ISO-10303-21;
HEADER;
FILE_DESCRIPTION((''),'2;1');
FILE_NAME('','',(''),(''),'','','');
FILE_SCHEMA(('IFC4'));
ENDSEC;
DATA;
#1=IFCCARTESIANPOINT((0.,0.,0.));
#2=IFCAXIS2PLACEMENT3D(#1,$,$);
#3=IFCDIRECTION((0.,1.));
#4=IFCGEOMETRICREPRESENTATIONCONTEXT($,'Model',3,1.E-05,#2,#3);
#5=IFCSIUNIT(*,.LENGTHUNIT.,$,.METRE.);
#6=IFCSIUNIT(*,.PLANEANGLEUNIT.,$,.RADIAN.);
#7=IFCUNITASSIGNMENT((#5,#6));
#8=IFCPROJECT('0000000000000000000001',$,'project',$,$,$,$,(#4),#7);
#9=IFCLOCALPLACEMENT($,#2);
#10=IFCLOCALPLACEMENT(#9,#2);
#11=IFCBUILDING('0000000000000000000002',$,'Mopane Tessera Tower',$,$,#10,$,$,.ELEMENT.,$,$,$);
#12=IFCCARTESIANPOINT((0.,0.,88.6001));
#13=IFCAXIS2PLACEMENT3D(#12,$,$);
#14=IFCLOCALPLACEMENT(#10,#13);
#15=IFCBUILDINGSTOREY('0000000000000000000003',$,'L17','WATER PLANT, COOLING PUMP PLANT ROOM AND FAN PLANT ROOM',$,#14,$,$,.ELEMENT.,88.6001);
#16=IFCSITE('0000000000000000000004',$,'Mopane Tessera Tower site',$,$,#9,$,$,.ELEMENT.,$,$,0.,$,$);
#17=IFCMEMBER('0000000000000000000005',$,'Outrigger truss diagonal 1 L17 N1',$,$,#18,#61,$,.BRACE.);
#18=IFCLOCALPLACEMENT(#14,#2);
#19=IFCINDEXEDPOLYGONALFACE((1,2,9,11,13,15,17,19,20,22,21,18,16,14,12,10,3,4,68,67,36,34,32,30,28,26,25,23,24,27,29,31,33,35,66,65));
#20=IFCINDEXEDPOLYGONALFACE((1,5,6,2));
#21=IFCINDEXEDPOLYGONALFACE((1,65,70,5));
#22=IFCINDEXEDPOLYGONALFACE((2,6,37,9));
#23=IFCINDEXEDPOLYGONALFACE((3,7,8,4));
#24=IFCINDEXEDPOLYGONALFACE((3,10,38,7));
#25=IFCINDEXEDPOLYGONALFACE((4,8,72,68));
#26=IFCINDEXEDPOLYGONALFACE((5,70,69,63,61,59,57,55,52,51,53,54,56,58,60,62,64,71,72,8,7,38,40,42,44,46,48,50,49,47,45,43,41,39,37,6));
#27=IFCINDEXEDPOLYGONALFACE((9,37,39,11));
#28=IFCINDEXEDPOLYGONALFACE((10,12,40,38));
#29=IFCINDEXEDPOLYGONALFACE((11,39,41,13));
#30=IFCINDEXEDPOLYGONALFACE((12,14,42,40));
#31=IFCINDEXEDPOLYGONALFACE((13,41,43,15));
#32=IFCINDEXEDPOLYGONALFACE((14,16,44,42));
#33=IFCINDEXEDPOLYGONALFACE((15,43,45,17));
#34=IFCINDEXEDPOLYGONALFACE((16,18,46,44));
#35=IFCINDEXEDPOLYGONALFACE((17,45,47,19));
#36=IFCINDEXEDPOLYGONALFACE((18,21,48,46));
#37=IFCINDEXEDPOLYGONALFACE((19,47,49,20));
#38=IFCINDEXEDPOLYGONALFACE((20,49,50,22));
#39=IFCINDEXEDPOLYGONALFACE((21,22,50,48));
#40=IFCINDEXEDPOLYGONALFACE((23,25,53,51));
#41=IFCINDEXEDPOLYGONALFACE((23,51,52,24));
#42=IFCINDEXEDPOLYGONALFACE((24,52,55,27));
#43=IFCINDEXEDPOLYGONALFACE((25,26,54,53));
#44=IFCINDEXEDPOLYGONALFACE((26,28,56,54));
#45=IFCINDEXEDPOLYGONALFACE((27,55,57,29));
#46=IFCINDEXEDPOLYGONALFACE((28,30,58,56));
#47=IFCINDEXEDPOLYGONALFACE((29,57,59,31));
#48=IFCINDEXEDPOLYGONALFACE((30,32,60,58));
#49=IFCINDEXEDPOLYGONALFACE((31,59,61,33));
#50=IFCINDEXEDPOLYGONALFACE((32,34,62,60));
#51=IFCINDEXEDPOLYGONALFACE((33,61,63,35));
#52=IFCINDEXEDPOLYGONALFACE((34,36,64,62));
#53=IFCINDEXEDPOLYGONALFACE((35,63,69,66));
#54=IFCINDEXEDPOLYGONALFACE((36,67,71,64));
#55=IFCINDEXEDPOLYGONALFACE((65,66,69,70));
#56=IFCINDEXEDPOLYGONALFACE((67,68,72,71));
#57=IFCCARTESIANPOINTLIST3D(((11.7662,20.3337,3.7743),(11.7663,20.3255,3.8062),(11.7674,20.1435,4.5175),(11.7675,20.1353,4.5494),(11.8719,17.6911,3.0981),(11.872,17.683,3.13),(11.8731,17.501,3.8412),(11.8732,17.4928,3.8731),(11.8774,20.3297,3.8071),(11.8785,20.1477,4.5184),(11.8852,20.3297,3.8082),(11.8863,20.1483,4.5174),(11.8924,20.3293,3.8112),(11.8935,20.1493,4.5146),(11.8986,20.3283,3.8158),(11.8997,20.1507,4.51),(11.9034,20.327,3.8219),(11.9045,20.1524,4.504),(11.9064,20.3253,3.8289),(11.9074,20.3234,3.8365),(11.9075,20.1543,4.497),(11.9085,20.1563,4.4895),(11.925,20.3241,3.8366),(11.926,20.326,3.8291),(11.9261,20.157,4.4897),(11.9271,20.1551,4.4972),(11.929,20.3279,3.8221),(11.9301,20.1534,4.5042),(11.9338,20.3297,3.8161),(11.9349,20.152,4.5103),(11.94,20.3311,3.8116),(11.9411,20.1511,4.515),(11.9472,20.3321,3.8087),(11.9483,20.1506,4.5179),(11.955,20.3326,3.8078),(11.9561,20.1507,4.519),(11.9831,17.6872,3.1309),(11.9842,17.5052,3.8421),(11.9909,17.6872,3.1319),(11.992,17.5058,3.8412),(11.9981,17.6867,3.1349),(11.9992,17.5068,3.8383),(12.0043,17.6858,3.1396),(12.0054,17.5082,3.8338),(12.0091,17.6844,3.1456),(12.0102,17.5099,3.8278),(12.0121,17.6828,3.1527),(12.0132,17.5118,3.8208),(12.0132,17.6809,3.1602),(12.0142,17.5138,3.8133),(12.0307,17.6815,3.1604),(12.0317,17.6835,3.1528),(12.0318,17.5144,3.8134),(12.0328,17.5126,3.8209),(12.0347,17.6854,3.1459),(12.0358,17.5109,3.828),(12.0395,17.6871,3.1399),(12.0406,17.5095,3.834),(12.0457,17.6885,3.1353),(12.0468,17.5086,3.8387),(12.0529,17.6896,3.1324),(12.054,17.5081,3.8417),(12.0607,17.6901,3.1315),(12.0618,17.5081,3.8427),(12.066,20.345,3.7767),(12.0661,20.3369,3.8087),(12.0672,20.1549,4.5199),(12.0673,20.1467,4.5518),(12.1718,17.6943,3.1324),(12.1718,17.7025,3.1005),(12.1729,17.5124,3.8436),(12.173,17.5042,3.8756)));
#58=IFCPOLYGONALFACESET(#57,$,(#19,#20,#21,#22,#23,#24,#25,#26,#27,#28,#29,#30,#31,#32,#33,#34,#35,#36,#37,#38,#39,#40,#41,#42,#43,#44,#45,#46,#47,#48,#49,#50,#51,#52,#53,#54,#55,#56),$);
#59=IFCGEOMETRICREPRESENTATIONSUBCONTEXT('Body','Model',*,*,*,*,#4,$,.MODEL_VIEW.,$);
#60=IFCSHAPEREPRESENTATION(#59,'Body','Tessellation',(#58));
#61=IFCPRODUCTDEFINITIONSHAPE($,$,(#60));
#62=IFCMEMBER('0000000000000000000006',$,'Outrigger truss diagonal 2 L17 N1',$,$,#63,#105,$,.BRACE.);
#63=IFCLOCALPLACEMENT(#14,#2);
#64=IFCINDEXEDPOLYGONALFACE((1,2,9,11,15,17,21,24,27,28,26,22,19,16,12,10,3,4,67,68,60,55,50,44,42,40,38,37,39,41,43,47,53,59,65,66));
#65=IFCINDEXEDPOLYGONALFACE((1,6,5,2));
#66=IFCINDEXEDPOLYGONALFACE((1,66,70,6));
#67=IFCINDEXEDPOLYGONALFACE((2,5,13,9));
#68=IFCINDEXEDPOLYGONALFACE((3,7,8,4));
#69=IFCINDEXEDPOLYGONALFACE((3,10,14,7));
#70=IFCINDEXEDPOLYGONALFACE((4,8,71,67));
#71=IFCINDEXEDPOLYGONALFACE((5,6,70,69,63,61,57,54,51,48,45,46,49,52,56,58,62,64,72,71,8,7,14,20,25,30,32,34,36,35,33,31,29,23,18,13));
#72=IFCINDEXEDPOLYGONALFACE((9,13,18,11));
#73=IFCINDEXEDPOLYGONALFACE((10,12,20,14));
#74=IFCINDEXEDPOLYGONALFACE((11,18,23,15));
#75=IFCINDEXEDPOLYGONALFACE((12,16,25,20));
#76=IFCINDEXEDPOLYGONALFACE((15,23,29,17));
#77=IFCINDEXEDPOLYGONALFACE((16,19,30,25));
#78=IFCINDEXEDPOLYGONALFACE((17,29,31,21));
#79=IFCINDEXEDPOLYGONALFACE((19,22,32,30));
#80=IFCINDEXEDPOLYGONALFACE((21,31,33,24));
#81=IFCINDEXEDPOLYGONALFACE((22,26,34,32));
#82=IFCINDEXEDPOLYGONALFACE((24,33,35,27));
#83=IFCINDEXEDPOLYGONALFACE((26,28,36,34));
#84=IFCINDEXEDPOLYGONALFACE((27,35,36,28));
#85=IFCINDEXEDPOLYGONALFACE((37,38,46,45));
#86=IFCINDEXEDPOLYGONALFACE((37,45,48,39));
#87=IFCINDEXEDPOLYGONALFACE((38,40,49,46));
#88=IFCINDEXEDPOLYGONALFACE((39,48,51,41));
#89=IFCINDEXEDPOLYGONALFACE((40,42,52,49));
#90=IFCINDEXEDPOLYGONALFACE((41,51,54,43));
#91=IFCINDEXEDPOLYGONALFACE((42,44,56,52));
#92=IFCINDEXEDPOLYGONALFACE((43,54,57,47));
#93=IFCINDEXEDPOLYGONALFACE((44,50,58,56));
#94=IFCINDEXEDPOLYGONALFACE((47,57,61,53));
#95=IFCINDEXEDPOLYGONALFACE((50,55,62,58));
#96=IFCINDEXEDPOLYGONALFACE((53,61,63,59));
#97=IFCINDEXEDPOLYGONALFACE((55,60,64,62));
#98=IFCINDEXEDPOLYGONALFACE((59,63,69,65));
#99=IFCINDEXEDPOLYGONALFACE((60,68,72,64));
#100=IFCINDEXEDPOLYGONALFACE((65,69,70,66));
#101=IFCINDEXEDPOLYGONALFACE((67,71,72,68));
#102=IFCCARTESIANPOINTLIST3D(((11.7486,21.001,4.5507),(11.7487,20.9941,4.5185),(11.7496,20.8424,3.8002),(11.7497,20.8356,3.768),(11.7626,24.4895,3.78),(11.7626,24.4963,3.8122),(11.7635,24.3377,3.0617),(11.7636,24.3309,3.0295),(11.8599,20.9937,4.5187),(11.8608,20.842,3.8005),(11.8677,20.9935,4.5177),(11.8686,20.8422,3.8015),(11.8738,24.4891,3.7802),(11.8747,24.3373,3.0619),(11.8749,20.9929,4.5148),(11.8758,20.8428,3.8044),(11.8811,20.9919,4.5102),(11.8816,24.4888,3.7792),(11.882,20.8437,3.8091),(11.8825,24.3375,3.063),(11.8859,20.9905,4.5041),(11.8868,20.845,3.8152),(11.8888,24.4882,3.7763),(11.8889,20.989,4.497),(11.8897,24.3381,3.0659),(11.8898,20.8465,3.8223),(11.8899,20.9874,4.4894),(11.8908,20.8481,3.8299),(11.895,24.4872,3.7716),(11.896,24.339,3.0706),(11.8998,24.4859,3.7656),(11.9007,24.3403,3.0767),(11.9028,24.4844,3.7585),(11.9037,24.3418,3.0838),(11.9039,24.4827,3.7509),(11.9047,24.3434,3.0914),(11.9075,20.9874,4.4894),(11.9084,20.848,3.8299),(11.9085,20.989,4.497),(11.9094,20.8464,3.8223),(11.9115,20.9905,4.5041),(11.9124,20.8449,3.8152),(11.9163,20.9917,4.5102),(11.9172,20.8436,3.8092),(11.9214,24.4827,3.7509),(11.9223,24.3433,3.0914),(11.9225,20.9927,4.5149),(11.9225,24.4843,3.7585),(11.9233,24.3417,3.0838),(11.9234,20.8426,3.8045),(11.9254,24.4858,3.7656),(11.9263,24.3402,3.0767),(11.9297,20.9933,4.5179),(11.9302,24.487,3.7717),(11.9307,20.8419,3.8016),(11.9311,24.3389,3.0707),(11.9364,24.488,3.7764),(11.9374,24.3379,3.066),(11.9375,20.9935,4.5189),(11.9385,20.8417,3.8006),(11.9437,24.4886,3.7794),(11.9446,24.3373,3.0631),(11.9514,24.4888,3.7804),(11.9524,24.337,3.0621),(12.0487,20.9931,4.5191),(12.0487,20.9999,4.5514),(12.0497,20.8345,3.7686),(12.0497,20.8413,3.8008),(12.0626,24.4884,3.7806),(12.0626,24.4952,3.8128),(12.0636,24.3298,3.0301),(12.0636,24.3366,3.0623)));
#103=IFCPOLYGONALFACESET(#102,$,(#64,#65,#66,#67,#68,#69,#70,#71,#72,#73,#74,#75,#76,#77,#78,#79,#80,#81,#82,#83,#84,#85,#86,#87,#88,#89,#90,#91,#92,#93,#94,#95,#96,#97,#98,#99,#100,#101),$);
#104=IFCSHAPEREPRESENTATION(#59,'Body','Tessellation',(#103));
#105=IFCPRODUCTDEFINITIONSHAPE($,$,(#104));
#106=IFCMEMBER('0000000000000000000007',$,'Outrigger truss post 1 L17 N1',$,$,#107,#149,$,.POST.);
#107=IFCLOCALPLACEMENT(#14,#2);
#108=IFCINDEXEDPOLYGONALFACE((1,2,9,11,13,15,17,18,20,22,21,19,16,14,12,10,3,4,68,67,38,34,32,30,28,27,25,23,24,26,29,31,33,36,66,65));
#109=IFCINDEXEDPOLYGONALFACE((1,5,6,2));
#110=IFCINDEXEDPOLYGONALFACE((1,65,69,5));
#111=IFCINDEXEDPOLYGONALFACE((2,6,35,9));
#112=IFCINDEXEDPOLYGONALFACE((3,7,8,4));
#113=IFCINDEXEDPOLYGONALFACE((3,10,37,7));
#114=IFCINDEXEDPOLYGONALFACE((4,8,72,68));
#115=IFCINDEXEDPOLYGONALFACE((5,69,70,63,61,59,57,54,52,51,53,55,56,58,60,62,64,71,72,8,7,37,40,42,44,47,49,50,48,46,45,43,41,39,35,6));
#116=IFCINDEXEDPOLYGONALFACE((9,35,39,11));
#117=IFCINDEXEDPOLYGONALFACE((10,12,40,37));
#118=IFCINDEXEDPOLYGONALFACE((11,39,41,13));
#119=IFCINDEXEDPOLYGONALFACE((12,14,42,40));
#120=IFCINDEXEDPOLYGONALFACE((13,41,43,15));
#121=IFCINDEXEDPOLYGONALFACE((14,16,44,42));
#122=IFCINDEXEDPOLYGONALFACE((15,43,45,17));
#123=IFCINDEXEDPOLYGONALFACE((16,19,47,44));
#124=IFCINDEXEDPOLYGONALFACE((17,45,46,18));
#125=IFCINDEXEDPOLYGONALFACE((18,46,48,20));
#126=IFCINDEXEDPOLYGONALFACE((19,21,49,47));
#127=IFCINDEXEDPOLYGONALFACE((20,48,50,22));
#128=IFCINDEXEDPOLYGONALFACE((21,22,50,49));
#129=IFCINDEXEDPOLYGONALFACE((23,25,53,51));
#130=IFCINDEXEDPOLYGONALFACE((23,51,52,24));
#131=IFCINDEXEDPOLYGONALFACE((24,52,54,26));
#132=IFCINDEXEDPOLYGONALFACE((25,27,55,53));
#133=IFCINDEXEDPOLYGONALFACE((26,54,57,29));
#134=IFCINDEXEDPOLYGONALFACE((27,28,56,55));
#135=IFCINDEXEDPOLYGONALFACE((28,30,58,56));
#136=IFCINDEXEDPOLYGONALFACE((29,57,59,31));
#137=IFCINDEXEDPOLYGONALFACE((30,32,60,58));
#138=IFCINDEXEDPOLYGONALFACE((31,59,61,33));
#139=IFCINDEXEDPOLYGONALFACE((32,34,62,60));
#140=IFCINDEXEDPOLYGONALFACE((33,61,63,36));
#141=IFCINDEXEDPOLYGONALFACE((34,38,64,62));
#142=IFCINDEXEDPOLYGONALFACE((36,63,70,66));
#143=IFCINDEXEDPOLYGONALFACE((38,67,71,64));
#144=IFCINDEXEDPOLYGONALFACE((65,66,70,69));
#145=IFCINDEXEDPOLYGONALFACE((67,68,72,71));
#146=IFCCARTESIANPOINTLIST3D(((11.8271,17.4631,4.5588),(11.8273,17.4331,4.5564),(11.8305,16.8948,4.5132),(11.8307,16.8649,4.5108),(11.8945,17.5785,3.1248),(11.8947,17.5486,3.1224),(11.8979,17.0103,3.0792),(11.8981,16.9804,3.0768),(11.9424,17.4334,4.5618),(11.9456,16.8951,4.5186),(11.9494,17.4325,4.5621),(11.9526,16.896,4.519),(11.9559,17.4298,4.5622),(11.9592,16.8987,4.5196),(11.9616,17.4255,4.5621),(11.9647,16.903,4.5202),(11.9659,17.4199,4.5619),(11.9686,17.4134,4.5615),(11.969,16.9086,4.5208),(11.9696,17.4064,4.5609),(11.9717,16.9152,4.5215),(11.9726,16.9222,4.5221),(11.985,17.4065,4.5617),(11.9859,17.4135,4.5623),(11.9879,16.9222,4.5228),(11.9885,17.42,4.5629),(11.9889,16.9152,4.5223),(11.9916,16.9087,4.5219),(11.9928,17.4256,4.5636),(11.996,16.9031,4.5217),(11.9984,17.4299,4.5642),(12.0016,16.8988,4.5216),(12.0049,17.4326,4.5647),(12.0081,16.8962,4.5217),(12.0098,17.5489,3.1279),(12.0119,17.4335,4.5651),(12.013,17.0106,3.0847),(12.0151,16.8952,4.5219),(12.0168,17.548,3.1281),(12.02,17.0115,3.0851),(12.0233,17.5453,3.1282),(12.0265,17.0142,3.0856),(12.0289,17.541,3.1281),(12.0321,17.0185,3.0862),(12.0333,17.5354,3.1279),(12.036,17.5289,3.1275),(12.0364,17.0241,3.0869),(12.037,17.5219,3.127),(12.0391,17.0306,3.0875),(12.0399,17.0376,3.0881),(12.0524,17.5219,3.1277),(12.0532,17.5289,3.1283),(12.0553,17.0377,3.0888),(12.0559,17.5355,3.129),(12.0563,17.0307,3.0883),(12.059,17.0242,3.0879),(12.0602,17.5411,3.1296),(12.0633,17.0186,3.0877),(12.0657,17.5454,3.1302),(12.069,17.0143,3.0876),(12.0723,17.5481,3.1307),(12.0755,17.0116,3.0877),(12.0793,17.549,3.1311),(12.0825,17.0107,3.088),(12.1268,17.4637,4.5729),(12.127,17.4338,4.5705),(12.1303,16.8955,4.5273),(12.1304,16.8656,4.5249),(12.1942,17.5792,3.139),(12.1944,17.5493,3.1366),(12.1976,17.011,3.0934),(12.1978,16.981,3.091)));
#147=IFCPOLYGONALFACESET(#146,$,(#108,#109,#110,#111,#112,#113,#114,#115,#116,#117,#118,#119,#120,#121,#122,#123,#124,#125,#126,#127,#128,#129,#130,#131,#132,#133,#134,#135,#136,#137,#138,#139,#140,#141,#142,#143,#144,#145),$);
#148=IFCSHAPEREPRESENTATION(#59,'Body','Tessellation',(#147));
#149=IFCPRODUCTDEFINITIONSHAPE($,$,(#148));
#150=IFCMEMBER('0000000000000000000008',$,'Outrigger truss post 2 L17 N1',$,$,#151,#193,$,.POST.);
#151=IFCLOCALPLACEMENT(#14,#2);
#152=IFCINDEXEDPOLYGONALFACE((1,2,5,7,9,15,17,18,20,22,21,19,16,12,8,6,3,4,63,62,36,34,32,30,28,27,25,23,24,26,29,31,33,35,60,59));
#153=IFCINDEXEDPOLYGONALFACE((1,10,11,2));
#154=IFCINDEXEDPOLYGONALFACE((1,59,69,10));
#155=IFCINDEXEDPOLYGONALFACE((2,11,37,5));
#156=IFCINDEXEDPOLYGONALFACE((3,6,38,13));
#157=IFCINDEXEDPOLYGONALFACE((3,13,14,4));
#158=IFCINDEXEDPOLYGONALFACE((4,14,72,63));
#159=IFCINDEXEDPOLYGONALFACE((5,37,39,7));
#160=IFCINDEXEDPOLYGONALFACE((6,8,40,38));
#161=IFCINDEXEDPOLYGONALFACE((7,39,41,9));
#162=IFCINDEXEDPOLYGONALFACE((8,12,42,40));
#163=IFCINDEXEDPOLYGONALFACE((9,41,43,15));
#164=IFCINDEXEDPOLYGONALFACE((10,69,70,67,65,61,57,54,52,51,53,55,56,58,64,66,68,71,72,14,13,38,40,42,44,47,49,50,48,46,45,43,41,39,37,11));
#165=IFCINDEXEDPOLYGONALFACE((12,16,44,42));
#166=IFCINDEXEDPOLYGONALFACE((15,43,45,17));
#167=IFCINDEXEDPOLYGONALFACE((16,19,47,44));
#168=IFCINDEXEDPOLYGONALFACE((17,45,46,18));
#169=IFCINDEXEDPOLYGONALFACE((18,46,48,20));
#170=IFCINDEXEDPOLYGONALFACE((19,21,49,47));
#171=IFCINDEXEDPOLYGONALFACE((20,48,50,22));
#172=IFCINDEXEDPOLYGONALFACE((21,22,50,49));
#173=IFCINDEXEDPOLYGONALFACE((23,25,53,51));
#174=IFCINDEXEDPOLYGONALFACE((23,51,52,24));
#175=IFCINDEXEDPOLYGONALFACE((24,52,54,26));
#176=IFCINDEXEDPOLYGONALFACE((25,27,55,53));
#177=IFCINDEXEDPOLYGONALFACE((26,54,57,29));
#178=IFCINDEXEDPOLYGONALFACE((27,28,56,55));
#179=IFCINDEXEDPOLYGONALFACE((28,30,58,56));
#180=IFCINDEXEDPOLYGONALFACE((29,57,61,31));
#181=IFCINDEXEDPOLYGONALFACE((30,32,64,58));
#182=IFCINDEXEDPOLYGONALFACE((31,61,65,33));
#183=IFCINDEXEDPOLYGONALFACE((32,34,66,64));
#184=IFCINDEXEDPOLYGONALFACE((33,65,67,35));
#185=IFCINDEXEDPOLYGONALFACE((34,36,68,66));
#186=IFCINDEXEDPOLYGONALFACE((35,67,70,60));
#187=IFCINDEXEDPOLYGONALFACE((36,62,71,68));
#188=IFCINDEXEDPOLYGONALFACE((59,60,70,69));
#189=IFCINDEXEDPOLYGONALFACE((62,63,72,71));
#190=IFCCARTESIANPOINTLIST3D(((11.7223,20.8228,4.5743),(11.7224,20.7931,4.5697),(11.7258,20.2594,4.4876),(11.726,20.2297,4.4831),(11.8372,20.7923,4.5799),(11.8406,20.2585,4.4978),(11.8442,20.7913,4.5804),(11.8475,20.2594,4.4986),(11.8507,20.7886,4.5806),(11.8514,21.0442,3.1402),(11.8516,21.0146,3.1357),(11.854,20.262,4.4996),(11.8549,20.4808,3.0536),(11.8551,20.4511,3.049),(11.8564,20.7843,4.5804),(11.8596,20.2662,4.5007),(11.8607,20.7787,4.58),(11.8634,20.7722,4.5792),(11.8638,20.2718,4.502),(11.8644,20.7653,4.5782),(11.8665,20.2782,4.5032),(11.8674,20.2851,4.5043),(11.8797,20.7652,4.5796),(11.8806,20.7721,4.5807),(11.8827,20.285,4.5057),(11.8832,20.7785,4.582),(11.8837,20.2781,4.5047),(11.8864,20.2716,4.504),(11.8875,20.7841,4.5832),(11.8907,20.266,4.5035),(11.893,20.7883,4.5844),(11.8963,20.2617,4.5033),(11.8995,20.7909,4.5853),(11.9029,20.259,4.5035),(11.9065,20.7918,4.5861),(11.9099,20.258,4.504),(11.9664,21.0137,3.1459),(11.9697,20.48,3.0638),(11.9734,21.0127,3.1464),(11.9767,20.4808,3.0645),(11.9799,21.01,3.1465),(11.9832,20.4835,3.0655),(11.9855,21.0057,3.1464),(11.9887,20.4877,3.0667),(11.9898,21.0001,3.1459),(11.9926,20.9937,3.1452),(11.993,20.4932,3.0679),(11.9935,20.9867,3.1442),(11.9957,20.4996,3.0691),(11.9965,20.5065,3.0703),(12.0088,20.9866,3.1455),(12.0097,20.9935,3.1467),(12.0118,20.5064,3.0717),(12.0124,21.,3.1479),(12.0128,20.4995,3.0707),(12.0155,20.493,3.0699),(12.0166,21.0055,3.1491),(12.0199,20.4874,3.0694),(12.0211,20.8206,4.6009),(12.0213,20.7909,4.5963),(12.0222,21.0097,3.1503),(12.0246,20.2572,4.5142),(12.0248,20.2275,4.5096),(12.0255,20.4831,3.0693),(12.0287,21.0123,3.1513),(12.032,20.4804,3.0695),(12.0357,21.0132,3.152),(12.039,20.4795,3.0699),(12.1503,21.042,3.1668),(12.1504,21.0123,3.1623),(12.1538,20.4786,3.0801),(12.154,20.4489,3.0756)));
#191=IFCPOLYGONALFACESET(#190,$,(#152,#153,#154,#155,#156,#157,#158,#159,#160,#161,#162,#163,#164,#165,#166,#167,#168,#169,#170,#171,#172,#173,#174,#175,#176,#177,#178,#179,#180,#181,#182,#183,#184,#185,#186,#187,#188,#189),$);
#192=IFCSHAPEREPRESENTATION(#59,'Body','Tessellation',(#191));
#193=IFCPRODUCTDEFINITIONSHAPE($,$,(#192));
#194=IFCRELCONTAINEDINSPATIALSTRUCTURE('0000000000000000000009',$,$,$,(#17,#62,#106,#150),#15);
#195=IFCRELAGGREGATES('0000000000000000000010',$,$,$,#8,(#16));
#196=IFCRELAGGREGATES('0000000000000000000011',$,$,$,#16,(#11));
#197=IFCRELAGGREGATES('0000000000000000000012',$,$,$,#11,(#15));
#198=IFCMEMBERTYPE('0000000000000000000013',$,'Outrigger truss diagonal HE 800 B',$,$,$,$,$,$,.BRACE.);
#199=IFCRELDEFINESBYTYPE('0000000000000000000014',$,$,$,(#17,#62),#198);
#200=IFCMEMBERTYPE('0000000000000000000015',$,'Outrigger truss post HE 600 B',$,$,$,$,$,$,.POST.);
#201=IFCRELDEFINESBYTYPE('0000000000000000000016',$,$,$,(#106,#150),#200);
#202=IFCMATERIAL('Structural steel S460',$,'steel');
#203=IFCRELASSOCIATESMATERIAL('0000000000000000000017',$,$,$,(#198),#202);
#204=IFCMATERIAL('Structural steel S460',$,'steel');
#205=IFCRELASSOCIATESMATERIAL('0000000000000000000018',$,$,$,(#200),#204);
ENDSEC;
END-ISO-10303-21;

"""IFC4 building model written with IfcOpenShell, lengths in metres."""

from ifc_helpers import new_model, si_unit, direction, frame, origin, origin_2d, place, context, subcontext, project, spatial, i_section, extrude, material, material_profile, profile_set, type_object, element, save


model = new_model("IFC4")

# Units and contexts
model_context = context("Model", 3, precision=1e-05, world=origin(), true_north=direction((0.0, 1.0)))
body_context = subcontext(model_context, "Body", "Model", "MODEL_VIEW")
ifc_project = project(units=[si_unit("LENGTHUNIT", "METRE"), si_unit("PLANEANGLEUNIT", "RADIAN")], contexts=[model_context])

# Site, building, storey
site_placement = place(None, origin())
site = spatial("IfcSite", under=ifc_project, at=site_placement, Name="Mopane Tessera Tower site", CompositionType="ELEMENT", RefElevation=0.0)
building_placement = place(site_placement, origin())
building = spatial("IfcBuilding", under=site, at=building_placement, Name="Mopane Tessera Tower", CompositionType="ELEMENT")
storey_placement = place(building_placement, frame((0.0, 0.0, 88.6001)))
storey = spatial("IfcBuildingStorey", under=building, at=storey_placement, Name="L17", Description="WATER PLANT, COOLING PUMP PLANT ROOM AND FAN PLANT ROOM", CompositionType="ELEMENT", Elevation=88.6001)

# Members
ifc_material_1 = material(Name="Structural steel S460", Category="steel")
ifc_material_profile_1 = material_profile(ifc_material_1, i_section(OverallWidth=0.3, OverallDepth=0.8, WebThickness=0.0176, FlangeThickness=0.033, FilletRadius=0.03, at=origin_2d()))
ifc_profile_set_1 = profile_set([ifc_material_profile_1], Name="Structural steel S460")
member_type_1 = type_object("IfcMemberType", Name="Outrigger truss diagonal HE 800 B", PredefinedType="BRACE", material=ifc_profile_set_1)
member_1_placement = place(storey_placement, frame((12.0225, 17.5977, 3.4868), z_axis=(-0.038726, 0.968053, 0.247737), x_axis=(-0.999249, -0.037899, -0.008108)))
element("IfcMember", 1, at=member_1_placement, inside=storey, type_object=member_type_1, Name="Outrigger truss diagonal 1 L17 N1", PredefinedType="BRACE", context=body_context, shape_type="SweptSolid", body=[
    extrude(i_section(OverallWidth=0.3, OverallDepth=0.8, WebThickness=0.0176, FlangeThickness=0.033, FilletRadius=0.03, at=origin_2d()), origin(), (0.0, 0.0, 1.0), 2.7297),
])
member_2_placement = place(storey_placement, frame((11.8992, 20.9177, 4.1597), z_axis=(0.003895, 0.978392, -0.206722), x_axis=(-0.999992, 0.003547, -0.002057)))
element("IfcMember", 2, at=member_2_placement, inside=storey, type_object=member_type_1, Name="Outrigger truss diagonal 2 L17 N1", PredefinedType="BRACE", context=body_context, shape_type="SweptSolid", body=[
    extrude(i_section(OverallWidth=0.3, OverallDepth=0.8, WebThickness=0.0176, FlangeThickness=0.033, FilletRadius=0.03, at=origin_2d()), origin(), (0.0, 0.0, 1.0), 3.5725),
])
ifc_material_2 = material(Name="Structural steel S460", Category="steel")
ifc_material_profile_2 = material_profile(ifc_material_2, i_section(OverallWidth=0.3, OverallDepth=0.6001, WebThickness=0.0154, FlangeThickness=0.03, FilletRadius=0.0271, at=origin_2d()))
ifc_profile_set_2 = profile_set([ifc_material_profile_2], Name="Structural steel S460")
member_type_2 = type_object("IfcMemberType", Name="Outrigger truss post HE 600 B", PredefinedType="POST", material=ifc_profile_set_2)
member_3_placement = place(storey_placement, frame((12.0461, 17.2798, 3.1079), z_axis=(-0.046784, -0.080177, 0.995682), x_axis=(-0.998887, -0.002281, -0.047118)))
element("IfcMember", 3, at=member_3_placement, inside=storey, type_object=member_type_2, Name="Outrigger truss post 1 L17 N1", PredefinedType="POST", context=body_context, shape_type="SweptSolid", body=[
    extrude(i_section(OverallWidth=0.3, OverallDepth=0.6001, WebThickness=0.0154, FlangeThickness=0.03, FilletRadius=0.0271, at=origin_2d()), origin(), (0.0, 0.0, 1.0), 1.4402),
])
member_4_placement = place(storey_placement, frame((12.0027, 20.7466, 3.1079), z_axis=(-0.088653, -0.152, 0.984397), x_axis=(-0.996043, 0.00739, -0.08856)))
element("IfcMember", 4, at=member_4_placement, inside=storey, type_object=member_type_2, Name="Outrigger truss post 2 L17 N1", PredefinedType="POST", context=body_context, shape_type="SweptSolid", body=[
    extrude(i_section(OverallWidth=0.3, OverallDepth=0.6001, WebThickness=0.0154, FlangeThickness=0.03, FilletRadius=0.0271, at=origin_2d()), origin(), (0.0, 0.0, 1.0), 1.4568),
])

save(model, "model.ifc")
